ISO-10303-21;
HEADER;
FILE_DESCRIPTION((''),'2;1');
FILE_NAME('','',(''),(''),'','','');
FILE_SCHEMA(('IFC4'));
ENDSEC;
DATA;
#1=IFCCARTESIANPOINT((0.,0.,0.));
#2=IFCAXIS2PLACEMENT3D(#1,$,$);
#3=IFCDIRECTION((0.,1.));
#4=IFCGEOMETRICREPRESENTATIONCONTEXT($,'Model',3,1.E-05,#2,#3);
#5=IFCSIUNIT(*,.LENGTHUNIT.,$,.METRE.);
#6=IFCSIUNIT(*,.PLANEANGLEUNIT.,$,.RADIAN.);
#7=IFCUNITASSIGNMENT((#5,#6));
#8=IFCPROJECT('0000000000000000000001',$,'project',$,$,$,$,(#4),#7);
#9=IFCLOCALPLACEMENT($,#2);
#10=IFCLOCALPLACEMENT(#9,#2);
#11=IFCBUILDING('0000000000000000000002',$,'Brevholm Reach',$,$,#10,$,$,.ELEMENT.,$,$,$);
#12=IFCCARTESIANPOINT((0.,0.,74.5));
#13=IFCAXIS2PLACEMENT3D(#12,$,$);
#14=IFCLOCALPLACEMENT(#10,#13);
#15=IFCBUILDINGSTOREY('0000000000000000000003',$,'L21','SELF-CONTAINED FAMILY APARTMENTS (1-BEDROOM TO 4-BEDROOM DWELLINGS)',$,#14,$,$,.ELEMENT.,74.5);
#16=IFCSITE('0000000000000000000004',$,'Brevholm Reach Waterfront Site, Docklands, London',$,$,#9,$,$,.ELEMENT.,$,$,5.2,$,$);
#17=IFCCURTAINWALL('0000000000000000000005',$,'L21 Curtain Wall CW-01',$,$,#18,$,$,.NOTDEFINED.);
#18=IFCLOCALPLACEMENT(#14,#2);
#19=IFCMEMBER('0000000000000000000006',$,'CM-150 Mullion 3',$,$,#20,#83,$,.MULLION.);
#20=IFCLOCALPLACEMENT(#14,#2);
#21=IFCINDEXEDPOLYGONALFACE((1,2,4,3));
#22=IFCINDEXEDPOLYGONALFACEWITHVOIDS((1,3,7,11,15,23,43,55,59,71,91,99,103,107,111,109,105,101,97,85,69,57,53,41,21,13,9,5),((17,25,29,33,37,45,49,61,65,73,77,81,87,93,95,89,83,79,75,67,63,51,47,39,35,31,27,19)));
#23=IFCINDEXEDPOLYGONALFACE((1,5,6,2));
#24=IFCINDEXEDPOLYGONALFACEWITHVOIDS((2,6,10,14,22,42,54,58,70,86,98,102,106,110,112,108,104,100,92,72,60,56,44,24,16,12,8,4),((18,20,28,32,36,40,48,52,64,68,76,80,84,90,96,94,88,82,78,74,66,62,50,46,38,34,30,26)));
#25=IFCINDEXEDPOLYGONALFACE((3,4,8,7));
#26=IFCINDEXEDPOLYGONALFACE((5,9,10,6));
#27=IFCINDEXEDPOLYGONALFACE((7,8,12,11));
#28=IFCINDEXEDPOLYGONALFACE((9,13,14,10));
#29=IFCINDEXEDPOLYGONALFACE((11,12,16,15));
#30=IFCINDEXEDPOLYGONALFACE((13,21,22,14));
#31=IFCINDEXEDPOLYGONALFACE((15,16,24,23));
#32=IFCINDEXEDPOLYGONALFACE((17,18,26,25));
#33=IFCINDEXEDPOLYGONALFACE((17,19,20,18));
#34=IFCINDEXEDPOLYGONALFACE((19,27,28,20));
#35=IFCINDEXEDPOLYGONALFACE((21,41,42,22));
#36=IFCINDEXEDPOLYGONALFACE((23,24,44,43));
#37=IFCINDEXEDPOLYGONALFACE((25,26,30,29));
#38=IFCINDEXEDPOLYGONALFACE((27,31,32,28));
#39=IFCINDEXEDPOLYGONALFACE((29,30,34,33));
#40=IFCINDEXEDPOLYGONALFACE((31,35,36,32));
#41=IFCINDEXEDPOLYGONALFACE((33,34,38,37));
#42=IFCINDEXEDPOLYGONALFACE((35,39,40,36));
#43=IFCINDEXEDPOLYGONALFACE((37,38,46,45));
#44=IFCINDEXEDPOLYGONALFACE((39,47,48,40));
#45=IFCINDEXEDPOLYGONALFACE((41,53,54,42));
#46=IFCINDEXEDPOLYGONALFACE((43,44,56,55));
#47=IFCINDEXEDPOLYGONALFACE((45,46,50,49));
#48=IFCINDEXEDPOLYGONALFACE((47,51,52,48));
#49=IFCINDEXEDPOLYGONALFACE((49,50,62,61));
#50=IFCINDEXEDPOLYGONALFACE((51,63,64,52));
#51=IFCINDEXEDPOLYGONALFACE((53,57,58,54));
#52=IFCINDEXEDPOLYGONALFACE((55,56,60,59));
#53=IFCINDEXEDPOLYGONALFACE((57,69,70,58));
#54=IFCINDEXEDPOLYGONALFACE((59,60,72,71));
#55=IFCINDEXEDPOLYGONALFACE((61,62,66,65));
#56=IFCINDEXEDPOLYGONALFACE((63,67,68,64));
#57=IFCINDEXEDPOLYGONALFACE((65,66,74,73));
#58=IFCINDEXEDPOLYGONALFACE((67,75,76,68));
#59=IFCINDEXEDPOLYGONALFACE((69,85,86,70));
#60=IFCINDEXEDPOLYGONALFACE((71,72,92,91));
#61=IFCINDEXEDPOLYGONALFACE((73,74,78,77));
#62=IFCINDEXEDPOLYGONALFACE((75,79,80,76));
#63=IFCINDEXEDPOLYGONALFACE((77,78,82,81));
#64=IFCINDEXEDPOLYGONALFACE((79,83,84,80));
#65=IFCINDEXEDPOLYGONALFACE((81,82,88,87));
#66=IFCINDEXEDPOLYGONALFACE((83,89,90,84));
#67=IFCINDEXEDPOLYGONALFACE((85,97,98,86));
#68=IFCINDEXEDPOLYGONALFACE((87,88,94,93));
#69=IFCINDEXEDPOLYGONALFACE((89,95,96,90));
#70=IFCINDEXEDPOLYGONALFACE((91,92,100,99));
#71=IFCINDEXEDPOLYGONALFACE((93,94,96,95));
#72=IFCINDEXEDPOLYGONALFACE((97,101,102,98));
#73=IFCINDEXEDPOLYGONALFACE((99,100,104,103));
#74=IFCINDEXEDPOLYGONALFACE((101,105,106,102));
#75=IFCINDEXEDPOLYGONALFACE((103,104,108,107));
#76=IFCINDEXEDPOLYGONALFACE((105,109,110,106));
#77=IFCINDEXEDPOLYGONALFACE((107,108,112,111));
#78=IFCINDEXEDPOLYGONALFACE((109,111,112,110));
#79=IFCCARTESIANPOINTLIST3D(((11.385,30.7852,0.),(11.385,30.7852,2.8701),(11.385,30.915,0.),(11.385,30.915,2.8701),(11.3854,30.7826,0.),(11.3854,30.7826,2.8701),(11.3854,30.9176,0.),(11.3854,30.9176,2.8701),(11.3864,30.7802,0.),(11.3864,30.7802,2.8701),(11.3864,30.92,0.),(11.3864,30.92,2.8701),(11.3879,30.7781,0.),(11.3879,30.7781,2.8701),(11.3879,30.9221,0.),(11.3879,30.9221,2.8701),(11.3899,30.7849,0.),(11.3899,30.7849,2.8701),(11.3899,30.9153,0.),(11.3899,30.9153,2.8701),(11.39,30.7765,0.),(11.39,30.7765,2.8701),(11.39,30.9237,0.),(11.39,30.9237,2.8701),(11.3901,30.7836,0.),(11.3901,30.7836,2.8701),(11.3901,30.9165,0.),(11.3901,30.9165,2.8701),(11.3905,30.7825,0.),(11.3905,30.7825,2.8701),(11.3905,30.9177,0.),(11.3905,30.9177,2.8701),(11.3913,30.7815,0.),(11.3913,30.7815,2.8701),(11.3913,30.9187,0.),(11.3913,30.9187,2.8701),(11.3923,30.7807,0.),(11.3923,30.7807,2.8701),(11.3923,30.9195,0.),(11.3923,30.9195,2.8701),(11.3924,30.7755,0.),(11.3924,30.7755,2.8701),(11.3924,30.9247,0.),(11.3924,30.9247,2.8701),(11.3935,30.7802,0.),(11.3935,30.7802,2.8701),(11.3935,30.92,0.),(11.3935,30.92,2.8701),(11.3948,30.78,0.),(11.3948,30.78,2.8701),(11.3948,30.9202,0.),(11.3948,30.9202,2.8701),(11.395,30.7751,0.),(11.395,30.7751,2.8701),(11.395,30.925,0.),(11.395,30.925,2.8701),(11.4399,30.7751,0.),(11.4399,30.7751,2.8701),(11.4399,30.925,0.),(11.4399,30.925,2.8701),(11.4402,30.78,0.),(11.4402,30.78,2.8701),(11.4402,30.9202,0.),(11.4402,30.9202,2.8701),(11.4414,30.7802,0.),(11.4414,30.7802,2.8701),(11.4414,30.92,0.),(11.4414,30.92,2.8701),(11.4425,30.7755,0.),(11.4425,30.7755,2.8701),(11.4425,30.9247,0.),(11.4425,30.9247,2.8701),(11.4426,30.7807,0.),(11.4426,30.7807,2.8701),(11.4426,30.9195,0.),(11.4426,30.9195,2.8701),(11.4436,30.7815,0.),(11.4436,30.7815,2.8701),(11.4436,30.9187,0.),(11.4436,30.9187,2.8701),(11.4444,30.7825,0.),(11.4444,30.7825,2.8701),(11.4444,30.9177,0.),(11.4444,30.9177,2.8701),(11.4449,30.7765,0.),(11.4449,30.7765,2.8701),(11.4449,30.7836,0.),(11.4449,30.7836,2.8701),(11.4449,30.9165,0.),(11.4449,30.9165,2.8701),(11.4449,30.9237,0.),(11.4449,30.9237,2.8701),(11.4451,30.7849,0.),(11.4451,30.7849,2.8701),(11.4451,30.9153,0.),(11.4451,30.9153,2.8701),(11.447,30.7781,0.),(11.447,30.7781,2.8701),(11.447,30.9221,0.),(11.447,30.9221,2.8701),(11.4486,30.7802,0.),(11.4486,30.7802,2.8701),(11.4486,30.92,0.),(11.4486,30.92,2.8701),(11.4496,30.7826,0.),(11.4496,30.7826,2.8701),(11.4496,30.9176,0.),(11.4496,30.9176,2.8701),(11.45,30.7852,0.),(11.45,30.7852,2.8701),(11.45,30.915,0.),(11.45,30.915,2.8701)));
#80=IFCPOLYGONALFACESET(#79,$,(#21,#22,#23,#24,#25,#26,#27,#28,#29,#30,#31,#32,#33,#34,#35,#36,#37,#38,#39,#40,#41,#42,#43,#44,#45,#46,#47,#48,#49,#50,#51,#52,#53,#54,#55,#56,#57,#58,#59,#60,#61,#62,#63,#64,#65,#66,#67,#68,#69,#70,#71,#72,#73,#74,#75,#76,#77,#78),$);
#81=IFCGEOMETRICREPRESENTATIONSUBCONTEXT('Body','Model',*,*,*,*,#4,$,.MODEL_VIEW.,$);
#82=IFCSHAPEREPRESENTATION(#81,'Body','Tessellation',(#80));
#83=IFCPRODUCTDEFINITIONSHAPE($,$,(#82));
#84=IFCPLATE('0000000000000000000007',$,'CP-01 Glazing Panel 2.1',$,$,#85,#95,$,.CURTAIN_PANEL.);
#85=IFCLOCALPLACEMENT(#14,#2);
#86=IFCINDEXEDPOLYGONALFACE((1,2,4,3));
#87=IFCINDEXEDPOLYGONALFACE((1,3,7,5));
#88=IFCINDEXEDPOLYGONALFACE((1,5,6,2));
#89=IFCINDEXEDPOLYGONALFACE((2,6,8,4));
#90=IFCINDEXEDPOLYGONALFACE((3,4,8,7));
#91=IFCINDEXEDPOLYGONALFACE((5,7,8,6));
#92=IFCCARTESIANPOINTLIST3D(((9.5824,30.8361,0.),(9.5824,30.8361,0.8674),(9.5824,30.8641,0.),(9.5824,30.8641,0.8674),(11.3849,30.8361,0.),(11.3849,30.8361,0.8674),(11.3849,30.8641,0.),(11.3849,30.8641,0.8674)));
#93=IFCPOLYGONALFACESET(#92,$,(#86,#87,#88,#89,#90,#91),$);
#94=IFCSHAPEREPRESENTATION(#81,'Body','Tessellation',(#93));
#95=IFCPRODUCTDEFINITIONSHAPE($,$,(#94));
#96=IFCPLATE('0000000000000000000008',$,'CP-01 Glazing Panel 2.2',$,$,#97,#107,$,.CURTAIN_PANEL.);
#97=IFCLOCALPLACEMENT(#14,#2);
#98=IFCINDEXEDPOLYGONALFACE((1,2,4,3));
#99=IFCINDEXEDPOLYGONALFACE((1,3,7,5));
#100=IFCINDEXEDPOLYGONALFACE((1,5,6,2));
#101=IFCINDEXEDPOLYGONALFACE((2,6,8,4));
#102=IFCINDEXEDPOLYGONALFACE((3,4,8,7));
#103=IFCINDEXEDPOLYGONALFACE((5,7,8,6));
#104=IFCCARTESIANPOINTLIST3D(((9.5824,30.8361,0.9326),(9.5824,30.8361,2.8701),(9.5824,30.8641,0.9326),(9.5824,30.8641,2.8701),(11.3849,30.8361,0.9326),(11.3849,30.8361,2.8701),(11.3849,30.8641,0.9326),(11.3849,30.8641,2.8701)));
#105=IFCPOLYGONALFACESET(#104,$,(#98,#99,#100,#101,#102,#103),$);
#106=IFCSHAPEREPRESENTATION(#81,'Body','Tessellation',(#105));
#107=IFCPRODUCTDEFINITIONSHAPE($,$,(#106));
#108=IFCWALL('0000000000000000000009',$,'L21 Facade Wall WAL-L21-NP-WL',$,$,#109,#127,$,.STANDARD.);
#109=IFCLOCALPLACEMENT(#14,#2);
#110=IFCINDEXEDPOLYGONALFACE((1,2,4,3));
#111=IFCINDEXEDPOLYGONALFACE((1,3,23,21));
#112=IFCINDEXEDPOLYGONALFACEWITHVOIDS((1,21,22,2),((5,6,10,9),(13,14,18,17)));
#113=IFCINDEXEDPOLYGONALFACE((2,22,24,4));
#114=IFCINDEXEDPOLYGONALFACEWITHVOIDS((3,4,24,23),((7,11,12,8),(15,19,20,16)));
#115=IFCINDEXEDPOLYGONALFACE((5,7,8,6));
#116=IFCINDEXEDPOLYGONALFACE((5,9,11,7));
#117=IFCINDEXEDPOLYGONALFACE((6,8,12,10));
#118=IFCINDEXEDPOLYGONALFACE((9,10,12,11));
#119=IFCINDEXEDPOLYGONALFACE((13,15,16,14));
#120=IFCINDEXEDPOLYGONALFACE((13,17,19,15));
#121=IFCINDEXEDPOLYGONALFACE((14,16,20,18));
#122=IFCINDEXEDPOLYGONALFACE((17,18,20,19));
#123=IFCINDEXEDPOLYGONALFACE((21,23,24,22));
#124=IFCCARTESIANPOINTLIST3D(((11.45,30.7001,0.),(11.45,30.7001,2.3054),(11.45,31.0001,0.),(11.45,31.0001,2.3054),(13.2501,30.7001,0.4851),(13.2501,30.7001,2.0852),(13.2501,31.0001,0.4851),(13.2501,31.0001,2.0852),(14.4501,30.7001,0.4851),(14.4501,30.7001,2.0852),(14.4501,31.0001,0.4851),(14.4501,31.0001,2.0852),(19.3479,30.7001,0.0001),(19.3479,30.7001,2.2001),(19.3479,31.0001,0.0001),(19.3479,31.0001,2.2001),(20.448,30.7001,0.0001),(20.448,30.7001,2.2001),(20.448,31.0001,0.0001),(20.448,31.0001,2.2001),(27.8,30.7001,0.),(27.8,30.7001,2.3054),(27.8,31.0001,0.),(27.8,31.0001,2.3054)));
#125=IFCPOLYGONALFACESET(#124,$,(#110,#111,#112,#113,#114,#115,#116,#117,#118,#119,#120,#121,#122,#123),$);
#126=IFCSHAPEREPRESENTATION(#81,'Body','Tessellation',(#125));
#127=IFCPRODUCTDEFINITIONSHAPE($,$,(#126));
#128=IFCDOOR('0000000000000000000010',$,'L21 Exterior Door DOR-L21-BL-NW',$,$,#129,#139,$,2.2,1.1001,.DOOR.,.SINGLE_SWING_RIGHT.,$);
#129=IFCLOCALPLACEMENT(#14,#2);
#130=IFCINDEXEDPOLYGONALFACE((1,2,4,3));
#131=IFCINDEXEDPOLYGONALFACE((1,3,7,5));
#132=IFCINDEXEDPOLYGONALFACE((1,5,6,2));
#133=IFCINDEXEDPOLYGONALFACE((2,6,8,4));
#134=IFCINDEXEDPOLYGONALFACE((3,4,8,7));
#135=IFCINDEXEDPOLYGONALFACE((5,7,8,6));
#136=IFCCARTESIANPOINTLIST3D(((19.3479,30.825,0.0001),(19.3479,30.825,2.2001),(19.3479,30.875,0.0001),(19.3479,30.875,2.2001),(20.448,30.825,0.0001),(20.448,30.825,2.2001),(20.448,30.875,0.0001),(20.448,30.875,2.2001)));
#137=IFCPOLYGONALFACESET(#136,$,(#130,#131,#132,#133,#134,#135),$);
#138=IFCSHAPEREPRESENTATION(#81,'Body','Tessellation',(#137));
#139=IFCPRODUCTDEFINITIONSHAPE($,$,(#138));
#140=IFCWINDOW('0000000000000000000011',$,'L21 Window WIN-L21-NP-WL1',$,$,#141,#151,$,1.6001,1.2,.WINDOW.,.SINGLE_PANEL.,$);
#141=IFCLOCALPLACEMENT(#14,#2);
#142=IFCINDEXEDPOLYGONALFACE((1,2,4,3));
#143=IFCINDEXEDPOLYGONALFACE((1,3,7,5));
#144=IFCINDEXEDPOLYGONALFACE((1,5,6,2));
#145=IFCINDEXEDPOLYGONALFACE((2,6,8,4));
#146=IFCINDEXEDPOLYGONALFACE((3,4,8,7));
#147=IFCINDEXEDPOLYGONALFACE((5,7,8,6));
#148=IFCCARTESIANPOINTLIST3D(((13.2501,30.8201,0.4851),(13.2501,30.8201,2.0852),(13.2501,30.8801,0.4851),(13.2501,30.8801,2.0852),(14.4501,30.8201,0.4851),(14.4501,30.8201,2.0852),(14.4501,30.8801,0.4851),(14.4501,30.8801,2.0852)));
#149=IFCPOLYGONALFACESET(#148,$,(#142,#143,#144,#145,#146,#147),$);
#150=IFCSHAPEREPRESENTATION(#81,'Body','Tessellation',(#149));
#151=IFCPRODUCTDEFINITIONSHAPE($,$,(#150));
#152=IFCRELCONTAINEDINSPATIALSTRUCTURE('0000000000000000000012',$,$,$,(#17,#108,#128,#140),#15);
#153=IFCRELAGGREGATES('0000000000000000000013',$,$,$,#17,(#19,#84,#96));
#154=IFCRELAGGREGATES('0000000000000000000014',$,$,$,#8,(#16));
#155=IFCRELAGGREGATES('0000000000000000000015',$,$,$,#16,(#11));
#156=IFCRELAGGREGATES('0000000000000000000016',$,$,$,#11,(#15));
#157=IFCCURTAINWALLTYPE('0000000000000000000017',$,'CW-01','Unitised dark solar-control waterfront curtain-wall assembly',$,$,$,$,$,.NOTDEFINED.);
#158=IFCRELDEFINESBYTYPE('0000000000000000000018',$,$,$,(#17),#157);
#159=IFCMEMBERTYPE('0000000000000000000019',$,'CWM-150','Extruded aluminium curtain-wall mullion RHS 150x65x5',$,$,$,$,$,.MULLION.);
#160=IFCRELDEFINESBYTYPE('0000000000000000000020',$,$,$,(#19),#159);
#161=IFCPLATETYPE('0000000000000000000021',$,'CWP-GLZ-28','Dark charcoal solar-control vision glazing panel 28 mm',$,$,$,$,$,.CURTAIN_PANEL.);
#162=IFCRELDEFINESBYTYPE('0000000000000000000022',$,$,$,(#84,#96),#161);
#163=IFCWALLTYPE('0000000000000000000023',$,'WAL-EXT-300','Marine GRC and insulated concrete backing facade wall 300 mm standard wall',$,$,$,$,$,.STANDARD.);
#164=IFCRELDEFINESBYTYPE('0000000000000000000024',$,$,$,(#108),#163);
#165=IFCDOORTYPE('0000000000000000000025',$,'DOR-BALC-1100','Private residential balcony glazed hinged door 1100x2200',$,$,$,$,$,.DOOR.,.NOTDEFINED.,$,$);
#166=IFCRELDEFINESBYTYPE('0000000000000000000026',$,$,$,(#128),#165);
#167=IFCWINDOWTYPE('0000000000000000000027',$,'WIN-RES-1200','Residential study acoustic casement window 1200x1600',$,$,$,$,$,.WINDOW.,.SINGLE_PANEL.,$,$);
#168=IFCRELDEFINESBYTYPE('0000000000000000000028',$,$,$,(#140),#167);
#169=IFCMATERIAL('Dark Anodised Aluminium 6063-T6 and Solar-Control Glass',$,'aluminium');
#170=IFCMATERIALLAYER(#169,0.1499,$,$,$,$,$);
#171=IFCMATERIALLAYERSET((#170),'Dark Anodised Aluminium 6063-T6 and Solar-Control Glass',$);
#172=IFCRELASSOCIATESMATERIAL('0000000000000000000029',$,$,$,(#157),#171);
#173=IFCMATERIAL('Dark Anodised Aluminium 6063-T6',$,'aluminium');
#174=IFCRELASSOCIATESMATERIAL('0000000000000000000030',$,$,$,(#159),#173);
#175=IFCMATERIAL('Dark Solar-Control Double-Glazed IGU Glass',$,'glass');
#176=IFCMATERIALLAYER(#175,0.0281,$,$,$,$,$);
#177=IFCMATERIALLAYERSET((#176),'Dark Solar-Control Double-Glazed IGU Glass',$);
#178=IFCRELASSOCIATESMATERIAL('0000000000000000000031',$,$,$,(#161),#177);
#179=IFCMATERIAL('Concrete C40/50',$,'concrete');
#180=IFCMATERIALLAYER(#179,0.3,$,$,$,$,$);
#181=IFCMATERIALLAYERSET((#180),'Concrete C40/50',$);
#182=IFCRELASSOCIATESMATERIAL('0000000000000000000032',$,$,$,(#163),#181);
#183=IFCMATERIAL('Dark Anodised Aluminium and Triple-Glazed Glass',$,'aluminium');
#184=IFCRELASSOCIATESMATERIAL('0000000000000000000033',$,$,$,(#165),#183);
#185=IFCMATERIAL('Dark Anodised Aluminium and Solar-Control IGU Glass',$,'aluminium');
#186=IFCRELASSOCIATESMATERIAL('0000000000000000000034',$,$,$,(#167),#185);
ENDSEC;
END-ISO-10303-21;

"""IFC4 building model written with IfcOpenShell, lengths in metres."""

from ifc_helpers import new_model, si_unit, direction, frame, frame_2d, origin, origin_2d, place, context, subcontext, project, spatial, rectangle, hollow_rectangle, extrude, material, layer, layer_set, material_profile, profile_set, type_object, element, fill, aggregate, save


model = new_model("IFC4")

# Units and contexts
model_context = context("Model", 3, precision=1e-05, world=origin(), true_north=direction((0.0, 1.0)))
body_context = subcontext(model_context, "Body", "Model", "MODEL_VIEW")
ifc_project = project(units=[si_unit("LENGTHUNIT", "METRE"), si_unit("PLANEANGLEUNIT", "RADIAN")], contexts=[model_context])

# Site, building, storey
site_placement = place(None, origin())
site = spatial("IfcSite", under=ifc_project, at=site_placement, Name="Brevholm Reach Waterfront Site, Docklands, London", CompositionType="ELEMENT", RefElevation=5.2)
building_placement = place(site_placement, origin())
building = spatial("IfcBuilding", under=site, at=building_placement, Name="Brevholm Reach", CompositionType="ELEMENT")
storey_placement = place(building_placement, frame((0.0, 0.0, 74.5)))
storey = spatial("IfcBuildingStorey", under=building, at=storey_placement, Name="L21", Description="SELF-CONTAINED FAMILY APARTMENTS (1-BEDROOM TO 4-BEDROOM DWELLINGS)", CompositionType="ELEMENT", Elevation=74.5)

# Curtain wall, member, plates
ifc_material_1 = material(Name="Dark Anodised Aluminium 6063-T6 and Solar-Control Glass", Category="aluminium")
ifc_layer_1 = layer(ifc_material_1, 0.1499)
ifc_layer_set_1 = layer_set([ifc_layer_1], Name="Dark Anodised Aluminium 6063-T6 and Solar-Control Glass")
curtain_wall_type = type_object("IfcCurtainWallType", Name="CW-01", Description="Unitised dark solar-control waterfront curtain-wall assembly", PredefinedType="NOTDEFINED", material=ifc_layer_set_1)
curtain_wall_placement = place(storey_placement, origin())
curtain_wall = element("IfcCurtainWall", 1, at=curtain_wall_placement, inside=storey, type_object=curtain_wall_type, Name="L21 Curtain Wall CW-01", PredefinedType="NOTDEFINED")
ifc_material_2 = material(Name="Dark Anodised Aluminium 6063-T6", Category="aluminium")
ifc_material_profile_1 = material_profile(ifc_material_2, hollow_rectangle(XDim=0.0649, YDim=0.1499, WallThickness=0.0049, InnerFilletRadius=0.0049, OuterFilletRadius=0.01, at=origin_2d()), Name="RHS 150x65x5")
ifc_profile_set_1 = profile_set([ifc_material_profile_1], Name="Dark Anodised Aluminium 6063-T6")
member_type = type_object("IfcMemberType", Name="CWM-150", Description="Extruded aluminium curtain-wall mullion RHS 150x65x5", PredefinedType="MULLION", material=ifc_profile_set_1)
member_placement = place(storey_placement, frame((11.4175, 30.8501, 0.0), z_axis=(0.0, 0.0, 1.0), x_axis=(1.0, 0.0, 0.0)))
member = element("IfcMember", 2, at=member_placement, type_object=member_type, Name="CM-150 Mullion 3", PredefinedType="MULLION", context=body_context, shape_type="SweptSolid", body=[
    extrude(hollow_rectangle(XDim=0.0649, YDim=0.1499, WallThickness=0.0049, InnerFilletRadius=0.0049, OuterFilletRadius=0.01, at=origin_2d()), origin(), (0.0, 0.0, 1.0), 2.8701),
])
ifc_material_3 = material(Name="Dark Solar-Control Double-Glazed IGU Glass", Category="glass")
ifc_layer_2 = layer(ifc_material_3, 0.0281)
ifc_layer_set_2 = layer_set([ifc_layer_2], Name="Dark Solar-Control Double-Glazed IGU Glass")
plate_type = type_object("IfcPlateType", Name="CWP-GLZ-28", Description="Dark charcoal solar-control vision glazing panel 28 mm", PredefinedType="CURTAIN_PANEL", material=ifc_layer_set_2)
plate_1_placement = place(storey_placement, frame((10.4836, 30.8501, 0.0), z_axis=(0.0, 0.0, 1.0), x_axis=(1.0, 0.0, 0.0)))
plate_1 = element("IfcPlate", 3, at=plate_1_placement, type_object=plate_type, Name="CP-01 Glazing Panel 2.1", PredefinedType="CURTAIN_PANEL", context=body_context, shape_type="SweptSolid", body=[
    extrude(rectangle(XDim=1.8025, YDim=0.0281, at=origin_2d()), origin(), (0.0, 0.0, 1.0), 0.8674),
])
plate_2_placement = place(storey_placement, frame((10.4836, 30.8501, 0.9326), z_axis=(0.0, 0.0, 1.0), x_axis=(1.0, 0.0, 0.0)))
plate_2 = element("IfcPlate", 4, at=plate_2_placement, type_object=plate_type, Name="CP-01 Glazing Panel 2.2", PredefinedType="CURTAIN_PANEL", context=body_context, shape_type="SweptSolid", body=[
    extrude(rectangle(XDim=1.8025, YDim=0.0281, at=origin_2d()), origin(), (0.0, 0.0, 1.0), 1.9375),
])
aggregate(curtain_wall, [member, plate_1, plate_2])

# Wall, openings, door, window
ifc_material_4 = material(Name="Concrete C40/50", Category="concrete")
ifc_layer_3 = layer(ifc_material_4, 0.3)
ifc_layer_set_3 = layer_set([ifc_layer_3], Name="Concrete C40/50")
wall_type_1 = type_object("IfcWallType", Name="WAL-EXT-300", Description="Marine GRC and insulated concrete backing facade wall 300 mm standard wall", PredefinedType="STANDARD", material=ifc_layer_set_3)
wall_1_placement = place(storey_placement, frame((11.45, 30.8501, 0.0), z_axis=(0.0, 0.0, 1.0), x_axis=(1.0, 0.0, 0.0)))
wall_1 = element("IfcWall", 5, at=wall_1_placement, inside=storey, type_object=wall_type_1, Name="L21 Facade Wall WAL-L21-NP-WL", PredefinedType="STANDARD", context=body_context, shape_type="SweptSolid", body=[
    extrude(rectangle(XDim=16.3501, YDim=0.3, at=frame_2d((8.175, 0.0))), origin(), (0.0, 0.0, 1.0), 2.3054),
])
opening_1_placement = place(wall_1_placement, frame((7.8979, 0.0, 0.0)))
opening_1 = element("IfcOpeningElement", 6, at=opening_1_placement, cuts=wall_1, PredefinedType="OPENING", context=body_context, shape_type="SweptSolid", body=[
    extrude(rectangle(XDim=1.1001, YDim=2.2, at=frame_2d((0.55, 1.1001))), frame((0.0, 0.1599, 0.0), z_axis=(0.0, -1.0, 0.0), x_axis=(1.0, 0.0, 0.0)), (0.0, 0.0, 1.0), 0.3201),
])
opening_2_placement = place(wall_1_placement, frame((1.8, 0.0, 0.4851)))
opening_2 = element("IfcOpeningElement", 7, at=opening_2_placement, cuts=wall_1, PredefinedType="OPENING", context=body_context, shape_type="SweptSolid", body=[
    extrude(rectangle(XDim=1.2, YDim=1.6001, at=frame_2d((0.6001, 0.8))), frame((0.0, 0.1599, 0.0), z_axis=(0.0, -1.0, 0.0), x_axis=(1.0, 0.0, 0.0)), (0.0, 0.0, 1.0), 0.3201),
])
ifc_material_5 = material(Name="Dark Anodised Aluminium and Triple-Glazed Glass", Category="aluminium")
door_type_1 = type_object("IfcDoorType", Name="DOR-BALC-1100", Description="Private residential balcony glazed hinged door 1100x2200", OperationType="NOTDEFINED", PredefinedType="DOOR", material=ifc_material_5)
door_1_placement = place(opening_1_placement, origin())
door_1 = element("IfcDoor", 8, at=door_1_placement, inside=storey, type_object=door_type_1, Name="L21 Exterior Door DOR-L21-BL-NW", OperationType="SINGLE_SWING_RIGHT", OverallHeight=2.2, OverallWidth=1.1001, PredefinedType="DOOR", context=body_context, shape_type="SweptSolid", body=[
    extrude(rectangle(XDim=1.1001, YDim=2.2, at=frame_2d((0.55, 1.1001))), frame((0.0, 0.0249, 0.0), z_axis=(0.0, -1.0, 0.0), x_axis=(1.0, 0.0, 0.0)), (0.0, 0.0, 1.0), 0.05),
])
fill(opening_1, door_1)
ifc_material_6 = material(Name="Dark Anodised Aluminium and Solar-Control IGU Glass", Category="aluminium")
window_type = type_object("IfcWindowType", Name="WIN-RES-1200", Description="Residential study acoustic casement window 1200x1600", PartitioningType="SINGLE_PANEL", PredefinedType="WINDOW", material=ifc_material_6)
window_placement = place(opening_2_placement, origin())
window = element("IfcWindow", 9, at=window_placement, inside=storey, type_object=window_type, Name="L21 Window WIN-L21-NP-WL1", OverallHeight=1.6001, OverallWidth=1.2, PartitioningType="SINGLE_PANEL", PredefinedType="WINDOW", context=body_context, shape_type="SweptSolid", body=[
    extrude(rectangle(XDim=1.2, YDim=1.6001, at=frame_2d((0.6001, 0.8))), frame((0.0, 0.03, 0.0), z_axis=(0.0, -1.0, 0.0), x_axis=(1.0, 0.0, 0.0)), (0.0, 0.0, 1.0), 0.0601),
])
fill(opening_2, window)

save(model, "model.ifc")
